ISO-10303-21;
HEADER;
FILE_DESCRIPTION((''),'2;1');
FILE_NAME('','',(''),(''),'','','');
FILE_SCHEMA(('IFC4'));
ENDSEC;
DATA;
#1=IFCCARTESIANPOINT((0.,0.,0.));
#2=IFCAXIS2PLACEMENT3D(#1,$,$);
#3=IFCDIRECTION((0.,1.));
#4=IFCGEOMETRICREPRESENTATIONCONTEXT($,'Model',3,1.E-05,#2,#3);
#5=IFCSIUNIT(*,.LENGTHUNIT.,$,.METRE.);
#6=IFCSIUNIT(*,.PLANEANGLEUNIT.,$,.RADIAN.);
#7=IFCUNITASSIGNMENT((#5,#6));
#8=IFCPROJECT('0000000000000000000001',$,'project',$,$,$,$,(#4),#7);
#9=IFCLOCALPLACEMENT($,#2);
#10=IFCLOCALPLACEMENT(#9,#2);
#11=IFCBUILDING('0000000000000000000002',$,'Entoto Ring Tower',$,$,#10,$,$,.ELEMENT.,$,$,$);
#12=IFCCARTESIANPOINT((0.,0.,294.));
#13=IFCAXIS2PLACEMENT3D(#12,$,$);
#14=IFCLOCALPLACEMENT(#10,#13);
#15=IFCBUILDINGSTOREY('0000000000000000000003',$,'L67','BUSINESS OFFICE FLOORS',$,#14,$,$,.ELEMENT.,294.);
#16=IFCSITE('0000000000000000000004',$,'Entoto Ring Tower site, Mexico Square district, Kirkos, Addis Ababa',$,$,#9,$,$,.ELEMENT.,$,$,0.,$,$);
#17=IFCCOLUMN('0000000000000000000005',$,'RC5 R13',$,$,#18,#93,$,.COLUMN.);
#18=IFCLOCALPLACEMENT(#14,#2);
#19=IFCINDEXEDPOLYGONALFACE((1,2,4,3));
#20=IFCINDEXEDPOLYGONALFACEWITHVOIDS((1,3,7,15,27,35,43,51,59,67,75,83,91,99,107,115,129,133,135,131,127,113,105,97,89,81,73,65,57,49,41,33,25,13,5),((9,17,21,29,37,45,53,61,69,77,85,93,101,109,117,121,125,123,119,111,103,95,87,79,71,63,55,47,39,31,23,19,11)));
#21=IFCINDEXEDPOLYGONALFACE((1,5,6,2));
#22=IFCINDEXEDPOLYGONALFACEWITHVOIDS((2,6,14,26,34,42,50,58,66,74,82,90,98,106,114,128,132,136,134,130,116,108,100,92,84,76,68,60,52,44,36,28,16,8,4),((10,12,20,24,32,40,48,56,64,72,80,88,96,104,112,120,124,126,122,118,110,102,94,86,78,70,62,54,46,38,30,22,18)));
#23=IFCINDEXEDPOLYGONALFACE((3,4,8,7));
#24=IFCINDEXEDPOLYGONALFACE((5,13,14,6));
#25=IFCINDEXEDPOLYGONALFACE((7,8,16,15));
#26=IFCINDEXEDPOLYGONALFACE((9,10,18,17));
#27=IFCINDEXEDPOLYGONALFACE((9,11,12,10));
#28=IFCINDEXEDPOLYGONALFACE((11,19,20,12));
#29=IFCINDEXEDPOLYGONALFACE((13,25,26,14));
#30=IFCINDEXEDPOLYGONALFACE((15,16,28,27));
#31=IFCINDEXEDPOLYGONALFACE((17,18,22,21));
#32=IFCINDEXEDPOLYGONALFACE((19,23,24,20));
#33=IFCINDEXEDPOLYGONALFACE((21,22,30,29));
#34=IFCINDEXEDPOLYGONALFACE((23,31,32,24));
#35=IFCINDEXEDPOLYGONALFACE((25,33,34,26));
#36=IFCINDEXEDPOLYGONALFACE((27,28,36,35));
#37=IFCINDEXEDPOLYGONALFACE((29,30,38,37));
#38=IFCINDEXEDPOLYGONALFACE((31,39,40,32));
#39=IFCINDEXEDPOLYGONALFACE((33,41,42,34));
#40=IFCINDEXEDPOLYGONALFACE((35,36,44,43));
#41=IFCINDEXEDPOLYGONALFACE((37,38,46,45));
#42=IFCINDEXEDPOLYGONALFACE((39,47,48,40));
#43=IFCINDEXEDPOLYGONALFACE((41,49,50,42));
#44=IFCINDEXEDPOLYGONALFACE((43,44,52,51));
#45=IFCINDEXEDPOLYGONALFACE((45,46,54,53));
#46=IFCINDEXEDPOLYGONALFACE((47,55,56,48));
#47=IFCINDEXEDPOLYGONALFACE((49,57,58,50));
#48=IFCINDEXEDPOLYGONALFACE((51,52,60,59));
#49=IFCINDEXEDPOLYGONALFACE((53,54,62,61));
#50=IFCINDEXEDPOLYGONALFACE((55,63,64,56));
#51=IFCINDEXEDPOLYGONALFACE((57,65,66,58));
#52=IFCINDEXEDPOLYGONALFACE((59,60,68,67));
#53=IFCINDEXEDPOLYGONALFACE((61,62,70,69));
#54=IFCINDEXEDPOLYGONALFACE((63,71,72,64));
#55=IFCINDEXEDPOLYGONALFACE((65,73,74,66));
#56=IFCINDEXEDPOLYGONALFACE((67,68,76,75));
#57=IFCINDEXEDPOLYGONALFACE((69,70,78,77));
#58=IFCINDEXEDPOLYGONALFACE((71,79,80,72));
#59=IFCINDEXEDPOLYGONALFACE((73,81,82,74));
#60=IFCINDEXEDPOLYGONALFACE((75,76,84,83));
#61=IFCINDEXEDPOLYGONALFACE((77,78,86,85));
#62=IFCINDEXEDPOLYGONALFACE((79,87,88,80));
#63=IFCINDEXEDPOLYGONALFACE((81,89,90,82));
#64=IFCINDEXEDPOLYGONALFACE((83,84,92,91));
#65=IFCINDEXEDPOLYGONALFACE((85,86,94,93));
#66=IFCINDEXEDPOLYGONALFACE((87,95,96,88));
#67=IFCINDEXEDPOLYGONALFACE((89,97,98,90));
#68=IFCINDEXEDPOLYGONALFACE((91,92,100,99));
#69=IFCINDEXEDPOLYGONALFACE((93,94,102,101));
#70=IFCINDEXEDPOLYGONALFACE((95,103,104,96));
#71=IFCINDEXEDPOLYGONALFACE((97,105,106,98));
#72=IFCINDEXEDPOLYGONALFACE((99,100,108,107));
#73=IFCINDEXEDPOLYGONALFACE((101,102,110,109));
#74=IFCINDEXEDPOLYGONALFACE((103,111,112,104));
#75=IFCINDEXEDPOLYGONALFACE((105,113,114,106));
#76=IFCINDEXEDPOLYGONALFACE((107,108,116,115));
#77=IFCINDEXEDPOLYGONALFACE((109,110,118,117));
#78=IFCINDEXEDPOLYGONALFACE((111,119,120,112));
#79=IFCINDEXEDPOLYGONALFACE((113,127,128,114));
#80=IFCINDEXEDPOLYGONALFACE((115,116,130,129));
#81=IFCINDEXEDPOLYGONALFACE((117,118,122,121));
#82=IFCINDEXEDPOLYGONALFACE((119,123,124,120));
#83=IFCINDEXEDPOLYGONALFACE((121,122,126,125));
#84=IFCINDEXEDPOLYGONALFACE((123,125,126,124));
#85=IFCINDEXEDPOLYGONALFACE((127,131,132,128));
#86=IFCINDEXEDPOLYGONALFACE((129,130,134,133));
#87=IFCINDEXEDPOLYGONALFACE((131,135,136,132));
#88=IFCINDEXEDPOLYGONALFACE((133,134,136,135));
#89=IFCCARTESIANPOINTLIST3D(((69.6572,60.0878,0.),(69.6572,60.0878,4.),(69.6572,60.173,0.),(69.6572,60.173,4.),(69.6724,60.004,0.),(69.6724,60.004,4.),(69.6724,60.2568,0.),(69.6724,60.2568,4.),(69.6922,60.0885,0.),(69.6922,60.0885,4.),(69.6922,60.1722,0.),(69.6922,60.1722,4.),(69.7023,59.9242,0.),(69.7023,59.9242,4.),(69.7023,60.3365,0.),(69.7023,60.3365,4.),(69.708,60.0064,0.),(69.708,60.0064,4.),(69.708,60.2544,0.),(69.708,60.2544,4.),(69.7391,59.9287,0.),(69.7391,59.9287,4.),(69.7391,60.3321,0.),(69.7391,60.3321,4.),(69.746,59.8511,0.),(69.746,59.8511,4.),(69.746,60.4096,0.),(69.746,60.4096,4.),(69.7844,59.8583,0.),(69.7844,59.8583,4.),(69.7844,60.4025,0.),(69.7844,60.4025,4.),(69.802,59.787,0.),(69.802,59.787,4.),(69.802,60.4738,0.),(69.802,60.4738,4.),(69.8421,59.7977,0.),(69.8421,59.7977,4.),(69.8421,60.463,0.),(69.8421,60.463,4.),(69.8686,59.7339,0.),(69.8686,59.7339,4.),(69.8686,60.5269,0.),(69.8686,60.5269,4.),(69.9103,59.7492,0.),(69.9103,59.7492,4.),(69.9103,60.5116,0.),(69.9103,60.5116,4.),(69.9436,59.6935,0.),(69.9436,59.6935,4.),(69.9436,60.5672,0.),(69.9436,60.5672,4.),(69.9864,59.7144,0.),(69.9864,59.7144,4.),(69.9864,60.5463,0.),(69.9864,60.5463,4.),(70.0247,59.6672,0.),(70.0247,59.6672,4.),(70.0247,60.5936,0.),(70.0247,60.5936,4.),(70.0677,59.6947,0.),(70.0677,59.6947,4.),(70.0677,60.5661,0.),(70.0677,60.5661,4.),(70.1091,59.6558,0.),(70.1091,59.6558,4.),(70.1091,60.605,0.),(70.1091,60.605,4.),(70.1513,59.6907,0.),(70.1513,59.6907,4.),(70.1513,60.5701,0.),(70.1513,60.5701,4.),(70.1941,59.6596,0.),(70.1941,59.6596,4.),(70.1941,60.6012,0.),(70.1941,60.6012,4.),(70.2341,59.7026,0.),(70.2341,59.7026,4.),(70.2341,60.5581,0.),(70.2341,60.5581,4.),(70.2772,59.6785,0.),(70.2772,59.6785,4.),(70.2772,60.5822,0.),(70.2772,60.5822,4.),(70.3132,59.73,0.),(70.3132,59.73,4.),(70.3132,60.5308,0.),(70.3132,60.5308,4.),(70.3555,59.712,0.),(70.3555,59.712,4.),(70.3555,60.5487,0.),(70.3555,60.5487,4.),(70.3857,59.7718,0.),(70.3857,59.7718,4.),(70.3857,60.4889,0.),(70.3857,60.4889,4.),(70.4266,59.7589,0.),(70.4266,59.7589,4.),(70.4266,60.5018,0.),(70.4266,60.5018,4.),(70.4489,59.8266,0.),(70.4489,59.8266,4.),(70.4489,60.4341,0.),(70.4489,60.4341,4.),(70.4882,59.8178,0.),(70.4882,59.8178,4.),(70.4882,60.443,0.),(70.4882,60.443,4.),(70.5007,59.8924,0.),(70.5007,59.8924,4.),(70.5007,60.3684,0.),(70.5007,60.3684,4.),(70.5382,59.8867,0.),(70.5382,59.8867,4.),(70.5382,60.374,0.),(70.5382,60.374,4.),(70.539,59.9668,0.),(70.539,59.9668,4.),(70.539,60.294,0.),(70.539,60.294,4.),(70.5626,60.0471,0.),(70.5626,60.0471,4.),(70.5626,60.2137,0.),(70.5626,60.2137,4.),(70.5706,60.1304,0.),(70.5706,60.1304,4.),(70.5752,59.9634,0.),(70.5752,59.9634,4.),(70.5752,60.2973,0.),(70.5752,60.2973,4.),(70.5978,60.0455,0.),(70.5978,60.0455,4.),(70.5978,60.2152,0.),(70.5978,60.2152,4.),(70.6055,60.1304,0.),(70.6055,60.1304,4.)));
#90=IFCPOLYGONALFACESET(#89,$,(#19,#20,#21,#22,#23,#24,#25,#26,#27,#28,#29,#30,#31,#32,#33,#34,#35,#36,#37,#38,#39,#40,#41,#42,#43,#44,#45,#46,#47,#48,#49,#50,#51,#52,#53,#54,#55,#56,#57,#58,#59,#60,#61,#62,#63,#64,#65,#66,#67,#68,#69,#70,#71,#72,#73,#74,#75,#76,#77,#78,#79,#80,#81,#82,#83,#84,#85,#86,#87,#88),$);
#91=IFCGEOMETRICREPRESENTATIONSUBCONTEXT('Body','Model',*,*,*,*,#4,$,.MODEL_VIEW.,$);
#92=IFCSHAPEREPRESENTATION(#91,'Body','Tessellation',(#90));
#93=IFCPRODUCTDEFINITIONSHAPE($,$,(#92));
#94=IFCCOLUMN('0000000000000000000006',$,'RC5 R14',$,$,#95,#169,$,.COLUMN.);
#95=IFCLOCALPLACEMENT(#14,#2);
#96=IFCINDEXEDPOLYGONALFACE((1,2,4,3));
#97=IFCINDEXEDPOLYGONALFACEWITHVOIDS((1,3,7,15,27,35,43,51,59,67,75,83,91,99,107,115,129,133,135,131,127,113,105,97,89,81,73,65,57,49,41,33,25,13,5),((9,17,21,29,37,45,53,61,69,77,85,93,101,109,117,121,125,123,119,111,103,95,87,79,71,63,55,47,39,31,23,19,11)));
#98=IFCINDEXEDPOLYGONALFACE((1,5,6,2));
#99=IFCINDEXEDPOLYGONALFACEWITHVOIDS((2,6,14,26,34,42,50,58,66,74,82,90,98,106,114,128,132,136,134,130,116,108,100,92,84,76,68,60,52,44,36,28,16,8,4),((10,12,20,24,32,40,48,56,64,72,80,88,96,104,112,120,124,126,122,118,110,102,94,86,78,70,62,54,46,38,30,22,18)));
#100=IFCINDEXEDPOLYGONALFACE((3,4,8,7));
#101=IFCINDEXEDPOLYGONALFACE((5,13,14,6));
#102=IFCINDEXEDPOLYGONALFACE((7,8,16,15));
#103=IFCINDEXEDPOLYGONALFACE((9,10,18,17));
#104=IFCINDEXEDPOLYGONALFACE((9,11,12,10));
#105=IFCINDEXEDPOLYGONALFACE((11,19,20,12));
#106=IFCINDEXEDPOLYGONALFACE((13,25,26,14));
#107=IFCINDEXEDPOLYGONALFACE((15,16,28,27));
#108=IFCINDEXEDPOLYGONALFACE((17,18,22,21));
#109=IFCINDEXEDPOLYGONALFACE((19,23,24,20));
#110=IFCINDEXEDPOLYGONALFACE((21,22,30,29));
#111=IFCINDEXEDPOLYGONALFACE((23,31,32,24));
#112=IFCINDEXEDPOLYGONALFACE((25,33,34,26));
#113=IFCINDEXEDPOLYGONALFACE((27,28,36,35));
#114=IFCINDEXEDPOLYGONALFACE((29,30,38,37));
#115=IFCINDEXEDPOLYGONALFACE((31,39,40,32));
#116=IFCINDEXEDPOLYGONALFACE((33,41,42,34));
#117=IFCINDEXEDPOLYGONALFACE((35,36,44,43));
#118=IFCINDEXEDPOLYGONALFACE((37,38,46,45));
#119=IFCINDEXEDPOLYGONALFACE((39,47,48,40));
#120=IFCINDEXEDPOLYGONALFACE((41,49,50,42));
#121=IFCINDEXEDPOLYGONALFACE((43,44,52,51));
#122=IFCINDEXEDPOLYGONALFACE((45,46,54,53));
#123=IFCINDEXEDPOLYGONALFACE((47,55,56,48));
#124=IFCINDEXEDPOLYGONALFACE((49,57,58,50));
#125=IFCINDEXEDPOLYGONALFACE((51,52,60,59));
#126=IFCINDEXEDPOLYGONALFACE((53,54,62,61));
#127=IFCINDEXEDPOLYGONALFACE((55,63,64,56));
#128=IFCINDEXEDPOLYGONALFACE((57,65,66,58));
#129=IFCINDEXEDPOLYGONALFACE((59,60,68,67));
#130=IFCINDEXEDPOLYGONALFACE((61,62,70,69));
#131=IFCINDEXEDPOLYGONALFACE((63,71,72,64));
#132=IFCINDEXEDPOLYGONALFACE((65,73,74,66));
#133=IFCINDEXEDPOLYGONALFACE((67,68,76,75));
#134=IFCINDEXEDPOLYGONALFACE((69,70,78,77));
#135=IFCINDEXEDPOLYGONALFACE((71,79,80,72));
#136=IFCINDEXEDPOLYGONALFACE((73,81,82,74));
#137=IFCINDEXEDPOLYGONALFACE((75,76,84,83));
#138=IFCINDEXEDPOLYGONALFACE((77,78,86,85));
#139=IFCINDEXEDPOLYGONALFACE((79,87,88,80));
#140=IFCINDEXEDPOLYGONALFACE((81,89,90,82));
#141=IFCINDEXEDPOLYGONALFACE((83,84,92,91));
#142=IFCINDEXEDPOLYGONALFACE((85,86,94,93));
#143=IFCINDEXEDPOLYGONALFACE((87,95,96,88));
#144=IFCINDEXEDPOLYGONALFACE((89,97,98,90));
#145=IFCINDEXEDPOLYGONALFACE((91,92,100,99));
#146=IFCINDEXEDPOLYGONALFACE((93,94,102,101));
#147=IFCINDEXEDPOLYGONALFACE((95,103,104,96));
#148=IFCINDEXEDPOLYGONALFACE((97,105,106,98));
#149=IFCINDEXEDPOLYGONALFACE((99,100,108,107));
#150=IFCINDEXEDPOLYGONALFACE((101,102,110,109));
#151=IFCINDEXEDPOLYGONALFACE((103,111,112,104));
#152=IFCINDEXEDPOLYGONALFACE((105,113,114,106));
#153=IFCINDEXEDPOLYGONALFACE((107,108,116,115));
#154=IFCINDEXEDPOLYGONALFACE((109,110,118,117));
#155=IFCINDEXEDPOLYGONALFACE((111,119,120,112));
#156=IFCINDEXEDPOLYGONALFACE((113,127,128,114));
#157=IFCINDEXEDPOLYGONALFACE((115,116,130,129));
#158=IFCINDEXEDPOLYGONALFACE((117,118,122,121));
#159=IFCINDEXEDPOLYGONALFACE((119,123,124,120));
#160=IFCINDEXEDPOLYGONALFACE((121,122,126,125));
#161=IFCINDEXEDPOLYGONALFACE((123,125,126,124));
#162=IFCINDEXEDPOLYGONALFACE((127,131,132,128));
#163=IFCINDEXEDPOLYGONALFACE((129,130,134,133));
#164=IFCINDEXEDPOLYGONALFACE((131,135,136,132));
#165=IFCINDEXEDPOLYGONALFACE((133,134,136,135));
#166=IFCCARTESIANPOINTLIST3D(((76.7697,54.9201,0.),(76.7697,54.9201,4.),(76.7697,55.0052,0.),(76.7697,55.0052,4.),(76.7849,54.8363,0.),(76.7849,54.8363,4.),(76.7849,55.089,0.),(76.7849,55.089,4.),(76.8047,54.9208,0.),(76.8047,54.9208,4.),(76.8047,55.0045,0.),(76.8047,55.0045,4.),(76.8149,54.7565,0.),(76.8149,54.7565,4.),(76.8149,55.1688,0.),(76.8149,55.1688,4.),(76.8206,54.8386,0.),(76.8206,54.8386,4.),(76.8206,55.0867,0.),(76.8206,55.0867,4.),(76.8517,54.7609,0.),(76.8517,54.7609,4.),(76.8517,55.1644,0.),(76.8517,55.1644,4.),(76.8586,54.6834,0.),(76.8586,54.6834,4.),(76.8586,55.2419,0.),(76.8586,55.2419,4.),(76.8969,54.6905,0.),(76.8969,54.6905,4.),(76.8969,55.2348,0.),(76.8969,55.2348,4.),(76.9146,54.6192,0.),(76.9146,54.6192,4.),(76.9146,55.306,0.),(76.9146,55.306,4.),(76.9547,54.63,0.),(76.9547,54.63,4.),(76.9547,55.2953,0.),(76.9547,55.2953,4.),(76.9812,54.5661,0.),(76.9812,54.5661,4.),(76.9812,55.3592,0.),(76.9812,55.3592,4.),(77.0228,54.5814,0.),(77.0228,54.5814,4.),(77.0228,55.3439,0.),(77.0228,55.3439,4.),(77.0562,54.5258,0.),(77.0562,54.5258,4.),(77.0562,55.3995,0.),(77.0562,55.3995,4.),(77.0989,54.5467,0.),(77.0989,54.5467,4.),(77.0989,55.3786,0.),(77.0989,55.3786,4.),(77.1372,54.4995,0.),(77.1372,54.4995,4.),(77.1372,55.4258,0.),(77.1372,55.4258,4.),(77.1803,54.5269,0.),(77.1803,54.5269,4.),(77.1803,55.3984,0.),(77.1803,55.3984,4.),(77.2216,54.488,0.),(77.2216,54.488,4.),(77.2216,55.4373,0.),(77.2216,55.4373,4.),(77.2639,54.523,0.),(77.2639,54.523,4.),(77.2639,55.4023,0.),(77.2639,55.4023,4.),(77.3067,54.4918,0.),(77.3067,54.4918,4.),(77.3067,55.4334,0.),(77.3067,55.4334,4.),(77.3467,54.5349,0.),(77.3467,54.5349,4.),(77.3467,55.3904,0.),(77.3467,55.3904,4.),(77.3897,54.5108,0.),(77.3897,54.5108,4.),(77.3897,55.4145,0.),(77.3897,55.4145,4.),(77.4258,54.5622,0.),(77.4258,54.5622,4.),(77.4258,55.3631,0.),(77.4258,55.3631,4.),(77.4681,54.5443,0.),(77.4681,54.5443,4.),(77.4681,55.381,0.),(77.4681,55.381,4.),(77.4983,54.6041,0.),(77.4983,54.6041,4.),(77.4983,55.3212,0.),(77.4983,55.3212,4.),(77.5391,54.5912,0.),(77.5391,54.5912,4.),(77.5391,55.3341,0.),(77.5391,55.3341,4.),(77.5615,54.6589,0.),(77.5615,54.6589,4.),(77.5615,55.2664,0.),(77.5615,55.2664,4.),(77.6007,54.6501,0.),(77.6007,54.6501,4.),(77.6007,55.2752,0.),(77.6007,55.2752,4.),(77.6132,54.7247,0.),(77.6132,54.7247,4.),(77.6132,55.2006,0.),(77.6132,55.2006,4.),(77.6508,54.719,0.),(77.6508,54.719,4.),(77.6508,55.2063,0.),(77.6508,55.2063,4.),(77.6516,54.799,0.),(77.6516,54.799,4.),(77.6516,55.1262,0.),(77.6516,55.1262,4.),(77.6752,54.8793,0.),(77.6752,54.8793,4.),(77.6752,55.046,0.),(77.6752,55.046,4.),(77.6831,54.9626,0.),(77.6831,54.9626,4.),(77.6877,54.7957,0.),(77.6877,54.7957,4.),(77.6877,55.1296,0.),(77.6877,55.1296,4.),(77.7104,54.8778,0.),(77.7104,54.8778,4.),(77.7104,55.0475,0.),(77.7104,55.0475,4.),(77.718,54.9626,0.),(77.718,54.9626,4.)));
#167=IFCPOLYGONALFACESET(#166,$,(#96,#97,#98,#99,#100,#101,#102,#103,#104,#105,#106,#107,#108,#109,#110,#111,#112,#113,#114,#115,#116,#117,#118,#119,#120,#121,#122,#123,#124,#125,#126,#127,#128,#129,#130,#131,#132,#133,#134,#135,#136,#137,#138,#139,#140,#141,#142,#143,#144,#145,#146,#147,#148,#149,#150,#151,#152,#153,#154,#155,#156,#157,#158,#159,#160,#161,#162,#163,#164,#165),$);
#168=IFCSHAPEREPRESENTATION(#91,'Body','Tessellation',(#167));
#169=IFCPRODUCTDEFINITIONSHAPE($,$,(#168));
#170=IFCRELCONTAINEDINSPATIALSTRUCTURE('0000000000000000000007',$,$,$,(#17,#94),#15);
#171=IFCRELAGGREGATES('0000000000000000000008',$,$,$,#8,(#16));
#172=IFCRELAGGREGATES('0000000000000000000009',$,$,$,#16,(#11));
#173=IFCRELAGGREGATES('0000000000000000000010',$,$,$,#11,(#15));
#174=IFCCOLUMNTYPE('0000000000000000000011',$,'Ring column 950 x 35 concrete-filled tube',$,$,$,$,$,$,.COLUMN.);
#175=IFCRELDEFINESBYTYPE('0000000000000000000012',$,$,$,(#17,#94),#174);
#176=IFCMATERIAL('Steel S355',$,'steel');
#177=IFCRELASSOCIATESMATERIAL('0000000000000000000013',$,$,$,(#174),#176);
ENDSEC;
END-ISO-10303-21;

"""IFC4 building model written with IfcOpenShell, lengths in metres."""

from ifc_helpers import new_model, si_unit, direction, frame, origin, origin_2d, place, context, subcontext, project, spatial, circle, hollow_circle, extrude, material, material_profile, profile_set, type_object, element, save


model = new_model("IFC4")

# Units and contexts
model_context = context("Model", 3, precision=1e-05, world=origin(), true_north=direction((0.0, 1.0)))
body_context = subcontext(model_context, "Body", "Model", "MODEL_VIEW")
ifc_project = project(units=[si_unit("LENGTHUNIT", "METRE"), si_unit("PLANEANGLEUNIT", "RADIAN")], contexts=[model_context])

# Site, building, storey
site_placement = place(None, origin())
site = spatial("IfcSite", under=ifc_project, at=site_placement, Name="Entoto Ring Tower site, Mexico Square district, Kirkos, Addis Ababa", CompositionType="ELEMENT", RefElevation=0.0)
building_placement = place(site_placement, origin())
building = spatial("IfcBuilding", under=site, at=building_placement, Name="Entoto Ring Tower", CompositionType="ELEMENT")
storey_placement = place(building_placement, frame((0.0, 0.0, 294.0)))
storey = spatial("IfcBuildingStorey", under=building, at=storey_placement, Name="L67", Description="BUSINESS OFFICE FLOORS", CompositionType="ELEMENT", Elevation=294.0)

# Columns
ifc_material_1 = material(Name="Steel S355", Category="steel")
ifc_material_profile_1 = material_profile(ifc_material_1, hollow_circle(Radius=0.4751, WallThickness=0.0349, at=origin_2d()), Name="CHS 950 x 35")
ifc_material_2 = material(Name="Concrete C60/75", Category="concrete")
ifc_material_profile_2 = material_profile(ifc_material_2, circle(Radius=0.4399, at=origin_2d()), Name="Concrete C60/75 infill")
ifc_profile_set_1 = profile_set([ifc_material_profile_1, ifc_material_profile_2], Name="Steel S355")
column_type = type_object("IfcColumnType", Name="Ring column 950 x 35 concrete-filled tube", PredefinedType="COLUMN", material=ifc_profile_set_1)
for number, where, z_axis, x_axis, name in (
    (1, (70.1304, 60.1304, 0.0), (0.0, 0.0, 1.0), (1.0, 0.0, 0.0), "RC5 R13"),
    (2, (77.2429, 54.9626, 0.0), (0.0, 0.0, 1.0), (1.0, 0.0, 0.0), "RC5 R14"),
):
    element("IfcColumn", number, at=place(storey_placement, frame(where, z_axis=z_axis, x_axis=x_axis)), inside=storey, type_object=column_type, Name=name, PredefinedType="COLUMN", context=body_context, shape_type="SweptSolid", body=[
        extrude(hollow_circle(Radius=0.4751, WallThickness=0.0349, at=origin_2d()), origin(), (0.0, 0.0, 1.0), 4.0),
    ])

save(model, "model.ifc")
